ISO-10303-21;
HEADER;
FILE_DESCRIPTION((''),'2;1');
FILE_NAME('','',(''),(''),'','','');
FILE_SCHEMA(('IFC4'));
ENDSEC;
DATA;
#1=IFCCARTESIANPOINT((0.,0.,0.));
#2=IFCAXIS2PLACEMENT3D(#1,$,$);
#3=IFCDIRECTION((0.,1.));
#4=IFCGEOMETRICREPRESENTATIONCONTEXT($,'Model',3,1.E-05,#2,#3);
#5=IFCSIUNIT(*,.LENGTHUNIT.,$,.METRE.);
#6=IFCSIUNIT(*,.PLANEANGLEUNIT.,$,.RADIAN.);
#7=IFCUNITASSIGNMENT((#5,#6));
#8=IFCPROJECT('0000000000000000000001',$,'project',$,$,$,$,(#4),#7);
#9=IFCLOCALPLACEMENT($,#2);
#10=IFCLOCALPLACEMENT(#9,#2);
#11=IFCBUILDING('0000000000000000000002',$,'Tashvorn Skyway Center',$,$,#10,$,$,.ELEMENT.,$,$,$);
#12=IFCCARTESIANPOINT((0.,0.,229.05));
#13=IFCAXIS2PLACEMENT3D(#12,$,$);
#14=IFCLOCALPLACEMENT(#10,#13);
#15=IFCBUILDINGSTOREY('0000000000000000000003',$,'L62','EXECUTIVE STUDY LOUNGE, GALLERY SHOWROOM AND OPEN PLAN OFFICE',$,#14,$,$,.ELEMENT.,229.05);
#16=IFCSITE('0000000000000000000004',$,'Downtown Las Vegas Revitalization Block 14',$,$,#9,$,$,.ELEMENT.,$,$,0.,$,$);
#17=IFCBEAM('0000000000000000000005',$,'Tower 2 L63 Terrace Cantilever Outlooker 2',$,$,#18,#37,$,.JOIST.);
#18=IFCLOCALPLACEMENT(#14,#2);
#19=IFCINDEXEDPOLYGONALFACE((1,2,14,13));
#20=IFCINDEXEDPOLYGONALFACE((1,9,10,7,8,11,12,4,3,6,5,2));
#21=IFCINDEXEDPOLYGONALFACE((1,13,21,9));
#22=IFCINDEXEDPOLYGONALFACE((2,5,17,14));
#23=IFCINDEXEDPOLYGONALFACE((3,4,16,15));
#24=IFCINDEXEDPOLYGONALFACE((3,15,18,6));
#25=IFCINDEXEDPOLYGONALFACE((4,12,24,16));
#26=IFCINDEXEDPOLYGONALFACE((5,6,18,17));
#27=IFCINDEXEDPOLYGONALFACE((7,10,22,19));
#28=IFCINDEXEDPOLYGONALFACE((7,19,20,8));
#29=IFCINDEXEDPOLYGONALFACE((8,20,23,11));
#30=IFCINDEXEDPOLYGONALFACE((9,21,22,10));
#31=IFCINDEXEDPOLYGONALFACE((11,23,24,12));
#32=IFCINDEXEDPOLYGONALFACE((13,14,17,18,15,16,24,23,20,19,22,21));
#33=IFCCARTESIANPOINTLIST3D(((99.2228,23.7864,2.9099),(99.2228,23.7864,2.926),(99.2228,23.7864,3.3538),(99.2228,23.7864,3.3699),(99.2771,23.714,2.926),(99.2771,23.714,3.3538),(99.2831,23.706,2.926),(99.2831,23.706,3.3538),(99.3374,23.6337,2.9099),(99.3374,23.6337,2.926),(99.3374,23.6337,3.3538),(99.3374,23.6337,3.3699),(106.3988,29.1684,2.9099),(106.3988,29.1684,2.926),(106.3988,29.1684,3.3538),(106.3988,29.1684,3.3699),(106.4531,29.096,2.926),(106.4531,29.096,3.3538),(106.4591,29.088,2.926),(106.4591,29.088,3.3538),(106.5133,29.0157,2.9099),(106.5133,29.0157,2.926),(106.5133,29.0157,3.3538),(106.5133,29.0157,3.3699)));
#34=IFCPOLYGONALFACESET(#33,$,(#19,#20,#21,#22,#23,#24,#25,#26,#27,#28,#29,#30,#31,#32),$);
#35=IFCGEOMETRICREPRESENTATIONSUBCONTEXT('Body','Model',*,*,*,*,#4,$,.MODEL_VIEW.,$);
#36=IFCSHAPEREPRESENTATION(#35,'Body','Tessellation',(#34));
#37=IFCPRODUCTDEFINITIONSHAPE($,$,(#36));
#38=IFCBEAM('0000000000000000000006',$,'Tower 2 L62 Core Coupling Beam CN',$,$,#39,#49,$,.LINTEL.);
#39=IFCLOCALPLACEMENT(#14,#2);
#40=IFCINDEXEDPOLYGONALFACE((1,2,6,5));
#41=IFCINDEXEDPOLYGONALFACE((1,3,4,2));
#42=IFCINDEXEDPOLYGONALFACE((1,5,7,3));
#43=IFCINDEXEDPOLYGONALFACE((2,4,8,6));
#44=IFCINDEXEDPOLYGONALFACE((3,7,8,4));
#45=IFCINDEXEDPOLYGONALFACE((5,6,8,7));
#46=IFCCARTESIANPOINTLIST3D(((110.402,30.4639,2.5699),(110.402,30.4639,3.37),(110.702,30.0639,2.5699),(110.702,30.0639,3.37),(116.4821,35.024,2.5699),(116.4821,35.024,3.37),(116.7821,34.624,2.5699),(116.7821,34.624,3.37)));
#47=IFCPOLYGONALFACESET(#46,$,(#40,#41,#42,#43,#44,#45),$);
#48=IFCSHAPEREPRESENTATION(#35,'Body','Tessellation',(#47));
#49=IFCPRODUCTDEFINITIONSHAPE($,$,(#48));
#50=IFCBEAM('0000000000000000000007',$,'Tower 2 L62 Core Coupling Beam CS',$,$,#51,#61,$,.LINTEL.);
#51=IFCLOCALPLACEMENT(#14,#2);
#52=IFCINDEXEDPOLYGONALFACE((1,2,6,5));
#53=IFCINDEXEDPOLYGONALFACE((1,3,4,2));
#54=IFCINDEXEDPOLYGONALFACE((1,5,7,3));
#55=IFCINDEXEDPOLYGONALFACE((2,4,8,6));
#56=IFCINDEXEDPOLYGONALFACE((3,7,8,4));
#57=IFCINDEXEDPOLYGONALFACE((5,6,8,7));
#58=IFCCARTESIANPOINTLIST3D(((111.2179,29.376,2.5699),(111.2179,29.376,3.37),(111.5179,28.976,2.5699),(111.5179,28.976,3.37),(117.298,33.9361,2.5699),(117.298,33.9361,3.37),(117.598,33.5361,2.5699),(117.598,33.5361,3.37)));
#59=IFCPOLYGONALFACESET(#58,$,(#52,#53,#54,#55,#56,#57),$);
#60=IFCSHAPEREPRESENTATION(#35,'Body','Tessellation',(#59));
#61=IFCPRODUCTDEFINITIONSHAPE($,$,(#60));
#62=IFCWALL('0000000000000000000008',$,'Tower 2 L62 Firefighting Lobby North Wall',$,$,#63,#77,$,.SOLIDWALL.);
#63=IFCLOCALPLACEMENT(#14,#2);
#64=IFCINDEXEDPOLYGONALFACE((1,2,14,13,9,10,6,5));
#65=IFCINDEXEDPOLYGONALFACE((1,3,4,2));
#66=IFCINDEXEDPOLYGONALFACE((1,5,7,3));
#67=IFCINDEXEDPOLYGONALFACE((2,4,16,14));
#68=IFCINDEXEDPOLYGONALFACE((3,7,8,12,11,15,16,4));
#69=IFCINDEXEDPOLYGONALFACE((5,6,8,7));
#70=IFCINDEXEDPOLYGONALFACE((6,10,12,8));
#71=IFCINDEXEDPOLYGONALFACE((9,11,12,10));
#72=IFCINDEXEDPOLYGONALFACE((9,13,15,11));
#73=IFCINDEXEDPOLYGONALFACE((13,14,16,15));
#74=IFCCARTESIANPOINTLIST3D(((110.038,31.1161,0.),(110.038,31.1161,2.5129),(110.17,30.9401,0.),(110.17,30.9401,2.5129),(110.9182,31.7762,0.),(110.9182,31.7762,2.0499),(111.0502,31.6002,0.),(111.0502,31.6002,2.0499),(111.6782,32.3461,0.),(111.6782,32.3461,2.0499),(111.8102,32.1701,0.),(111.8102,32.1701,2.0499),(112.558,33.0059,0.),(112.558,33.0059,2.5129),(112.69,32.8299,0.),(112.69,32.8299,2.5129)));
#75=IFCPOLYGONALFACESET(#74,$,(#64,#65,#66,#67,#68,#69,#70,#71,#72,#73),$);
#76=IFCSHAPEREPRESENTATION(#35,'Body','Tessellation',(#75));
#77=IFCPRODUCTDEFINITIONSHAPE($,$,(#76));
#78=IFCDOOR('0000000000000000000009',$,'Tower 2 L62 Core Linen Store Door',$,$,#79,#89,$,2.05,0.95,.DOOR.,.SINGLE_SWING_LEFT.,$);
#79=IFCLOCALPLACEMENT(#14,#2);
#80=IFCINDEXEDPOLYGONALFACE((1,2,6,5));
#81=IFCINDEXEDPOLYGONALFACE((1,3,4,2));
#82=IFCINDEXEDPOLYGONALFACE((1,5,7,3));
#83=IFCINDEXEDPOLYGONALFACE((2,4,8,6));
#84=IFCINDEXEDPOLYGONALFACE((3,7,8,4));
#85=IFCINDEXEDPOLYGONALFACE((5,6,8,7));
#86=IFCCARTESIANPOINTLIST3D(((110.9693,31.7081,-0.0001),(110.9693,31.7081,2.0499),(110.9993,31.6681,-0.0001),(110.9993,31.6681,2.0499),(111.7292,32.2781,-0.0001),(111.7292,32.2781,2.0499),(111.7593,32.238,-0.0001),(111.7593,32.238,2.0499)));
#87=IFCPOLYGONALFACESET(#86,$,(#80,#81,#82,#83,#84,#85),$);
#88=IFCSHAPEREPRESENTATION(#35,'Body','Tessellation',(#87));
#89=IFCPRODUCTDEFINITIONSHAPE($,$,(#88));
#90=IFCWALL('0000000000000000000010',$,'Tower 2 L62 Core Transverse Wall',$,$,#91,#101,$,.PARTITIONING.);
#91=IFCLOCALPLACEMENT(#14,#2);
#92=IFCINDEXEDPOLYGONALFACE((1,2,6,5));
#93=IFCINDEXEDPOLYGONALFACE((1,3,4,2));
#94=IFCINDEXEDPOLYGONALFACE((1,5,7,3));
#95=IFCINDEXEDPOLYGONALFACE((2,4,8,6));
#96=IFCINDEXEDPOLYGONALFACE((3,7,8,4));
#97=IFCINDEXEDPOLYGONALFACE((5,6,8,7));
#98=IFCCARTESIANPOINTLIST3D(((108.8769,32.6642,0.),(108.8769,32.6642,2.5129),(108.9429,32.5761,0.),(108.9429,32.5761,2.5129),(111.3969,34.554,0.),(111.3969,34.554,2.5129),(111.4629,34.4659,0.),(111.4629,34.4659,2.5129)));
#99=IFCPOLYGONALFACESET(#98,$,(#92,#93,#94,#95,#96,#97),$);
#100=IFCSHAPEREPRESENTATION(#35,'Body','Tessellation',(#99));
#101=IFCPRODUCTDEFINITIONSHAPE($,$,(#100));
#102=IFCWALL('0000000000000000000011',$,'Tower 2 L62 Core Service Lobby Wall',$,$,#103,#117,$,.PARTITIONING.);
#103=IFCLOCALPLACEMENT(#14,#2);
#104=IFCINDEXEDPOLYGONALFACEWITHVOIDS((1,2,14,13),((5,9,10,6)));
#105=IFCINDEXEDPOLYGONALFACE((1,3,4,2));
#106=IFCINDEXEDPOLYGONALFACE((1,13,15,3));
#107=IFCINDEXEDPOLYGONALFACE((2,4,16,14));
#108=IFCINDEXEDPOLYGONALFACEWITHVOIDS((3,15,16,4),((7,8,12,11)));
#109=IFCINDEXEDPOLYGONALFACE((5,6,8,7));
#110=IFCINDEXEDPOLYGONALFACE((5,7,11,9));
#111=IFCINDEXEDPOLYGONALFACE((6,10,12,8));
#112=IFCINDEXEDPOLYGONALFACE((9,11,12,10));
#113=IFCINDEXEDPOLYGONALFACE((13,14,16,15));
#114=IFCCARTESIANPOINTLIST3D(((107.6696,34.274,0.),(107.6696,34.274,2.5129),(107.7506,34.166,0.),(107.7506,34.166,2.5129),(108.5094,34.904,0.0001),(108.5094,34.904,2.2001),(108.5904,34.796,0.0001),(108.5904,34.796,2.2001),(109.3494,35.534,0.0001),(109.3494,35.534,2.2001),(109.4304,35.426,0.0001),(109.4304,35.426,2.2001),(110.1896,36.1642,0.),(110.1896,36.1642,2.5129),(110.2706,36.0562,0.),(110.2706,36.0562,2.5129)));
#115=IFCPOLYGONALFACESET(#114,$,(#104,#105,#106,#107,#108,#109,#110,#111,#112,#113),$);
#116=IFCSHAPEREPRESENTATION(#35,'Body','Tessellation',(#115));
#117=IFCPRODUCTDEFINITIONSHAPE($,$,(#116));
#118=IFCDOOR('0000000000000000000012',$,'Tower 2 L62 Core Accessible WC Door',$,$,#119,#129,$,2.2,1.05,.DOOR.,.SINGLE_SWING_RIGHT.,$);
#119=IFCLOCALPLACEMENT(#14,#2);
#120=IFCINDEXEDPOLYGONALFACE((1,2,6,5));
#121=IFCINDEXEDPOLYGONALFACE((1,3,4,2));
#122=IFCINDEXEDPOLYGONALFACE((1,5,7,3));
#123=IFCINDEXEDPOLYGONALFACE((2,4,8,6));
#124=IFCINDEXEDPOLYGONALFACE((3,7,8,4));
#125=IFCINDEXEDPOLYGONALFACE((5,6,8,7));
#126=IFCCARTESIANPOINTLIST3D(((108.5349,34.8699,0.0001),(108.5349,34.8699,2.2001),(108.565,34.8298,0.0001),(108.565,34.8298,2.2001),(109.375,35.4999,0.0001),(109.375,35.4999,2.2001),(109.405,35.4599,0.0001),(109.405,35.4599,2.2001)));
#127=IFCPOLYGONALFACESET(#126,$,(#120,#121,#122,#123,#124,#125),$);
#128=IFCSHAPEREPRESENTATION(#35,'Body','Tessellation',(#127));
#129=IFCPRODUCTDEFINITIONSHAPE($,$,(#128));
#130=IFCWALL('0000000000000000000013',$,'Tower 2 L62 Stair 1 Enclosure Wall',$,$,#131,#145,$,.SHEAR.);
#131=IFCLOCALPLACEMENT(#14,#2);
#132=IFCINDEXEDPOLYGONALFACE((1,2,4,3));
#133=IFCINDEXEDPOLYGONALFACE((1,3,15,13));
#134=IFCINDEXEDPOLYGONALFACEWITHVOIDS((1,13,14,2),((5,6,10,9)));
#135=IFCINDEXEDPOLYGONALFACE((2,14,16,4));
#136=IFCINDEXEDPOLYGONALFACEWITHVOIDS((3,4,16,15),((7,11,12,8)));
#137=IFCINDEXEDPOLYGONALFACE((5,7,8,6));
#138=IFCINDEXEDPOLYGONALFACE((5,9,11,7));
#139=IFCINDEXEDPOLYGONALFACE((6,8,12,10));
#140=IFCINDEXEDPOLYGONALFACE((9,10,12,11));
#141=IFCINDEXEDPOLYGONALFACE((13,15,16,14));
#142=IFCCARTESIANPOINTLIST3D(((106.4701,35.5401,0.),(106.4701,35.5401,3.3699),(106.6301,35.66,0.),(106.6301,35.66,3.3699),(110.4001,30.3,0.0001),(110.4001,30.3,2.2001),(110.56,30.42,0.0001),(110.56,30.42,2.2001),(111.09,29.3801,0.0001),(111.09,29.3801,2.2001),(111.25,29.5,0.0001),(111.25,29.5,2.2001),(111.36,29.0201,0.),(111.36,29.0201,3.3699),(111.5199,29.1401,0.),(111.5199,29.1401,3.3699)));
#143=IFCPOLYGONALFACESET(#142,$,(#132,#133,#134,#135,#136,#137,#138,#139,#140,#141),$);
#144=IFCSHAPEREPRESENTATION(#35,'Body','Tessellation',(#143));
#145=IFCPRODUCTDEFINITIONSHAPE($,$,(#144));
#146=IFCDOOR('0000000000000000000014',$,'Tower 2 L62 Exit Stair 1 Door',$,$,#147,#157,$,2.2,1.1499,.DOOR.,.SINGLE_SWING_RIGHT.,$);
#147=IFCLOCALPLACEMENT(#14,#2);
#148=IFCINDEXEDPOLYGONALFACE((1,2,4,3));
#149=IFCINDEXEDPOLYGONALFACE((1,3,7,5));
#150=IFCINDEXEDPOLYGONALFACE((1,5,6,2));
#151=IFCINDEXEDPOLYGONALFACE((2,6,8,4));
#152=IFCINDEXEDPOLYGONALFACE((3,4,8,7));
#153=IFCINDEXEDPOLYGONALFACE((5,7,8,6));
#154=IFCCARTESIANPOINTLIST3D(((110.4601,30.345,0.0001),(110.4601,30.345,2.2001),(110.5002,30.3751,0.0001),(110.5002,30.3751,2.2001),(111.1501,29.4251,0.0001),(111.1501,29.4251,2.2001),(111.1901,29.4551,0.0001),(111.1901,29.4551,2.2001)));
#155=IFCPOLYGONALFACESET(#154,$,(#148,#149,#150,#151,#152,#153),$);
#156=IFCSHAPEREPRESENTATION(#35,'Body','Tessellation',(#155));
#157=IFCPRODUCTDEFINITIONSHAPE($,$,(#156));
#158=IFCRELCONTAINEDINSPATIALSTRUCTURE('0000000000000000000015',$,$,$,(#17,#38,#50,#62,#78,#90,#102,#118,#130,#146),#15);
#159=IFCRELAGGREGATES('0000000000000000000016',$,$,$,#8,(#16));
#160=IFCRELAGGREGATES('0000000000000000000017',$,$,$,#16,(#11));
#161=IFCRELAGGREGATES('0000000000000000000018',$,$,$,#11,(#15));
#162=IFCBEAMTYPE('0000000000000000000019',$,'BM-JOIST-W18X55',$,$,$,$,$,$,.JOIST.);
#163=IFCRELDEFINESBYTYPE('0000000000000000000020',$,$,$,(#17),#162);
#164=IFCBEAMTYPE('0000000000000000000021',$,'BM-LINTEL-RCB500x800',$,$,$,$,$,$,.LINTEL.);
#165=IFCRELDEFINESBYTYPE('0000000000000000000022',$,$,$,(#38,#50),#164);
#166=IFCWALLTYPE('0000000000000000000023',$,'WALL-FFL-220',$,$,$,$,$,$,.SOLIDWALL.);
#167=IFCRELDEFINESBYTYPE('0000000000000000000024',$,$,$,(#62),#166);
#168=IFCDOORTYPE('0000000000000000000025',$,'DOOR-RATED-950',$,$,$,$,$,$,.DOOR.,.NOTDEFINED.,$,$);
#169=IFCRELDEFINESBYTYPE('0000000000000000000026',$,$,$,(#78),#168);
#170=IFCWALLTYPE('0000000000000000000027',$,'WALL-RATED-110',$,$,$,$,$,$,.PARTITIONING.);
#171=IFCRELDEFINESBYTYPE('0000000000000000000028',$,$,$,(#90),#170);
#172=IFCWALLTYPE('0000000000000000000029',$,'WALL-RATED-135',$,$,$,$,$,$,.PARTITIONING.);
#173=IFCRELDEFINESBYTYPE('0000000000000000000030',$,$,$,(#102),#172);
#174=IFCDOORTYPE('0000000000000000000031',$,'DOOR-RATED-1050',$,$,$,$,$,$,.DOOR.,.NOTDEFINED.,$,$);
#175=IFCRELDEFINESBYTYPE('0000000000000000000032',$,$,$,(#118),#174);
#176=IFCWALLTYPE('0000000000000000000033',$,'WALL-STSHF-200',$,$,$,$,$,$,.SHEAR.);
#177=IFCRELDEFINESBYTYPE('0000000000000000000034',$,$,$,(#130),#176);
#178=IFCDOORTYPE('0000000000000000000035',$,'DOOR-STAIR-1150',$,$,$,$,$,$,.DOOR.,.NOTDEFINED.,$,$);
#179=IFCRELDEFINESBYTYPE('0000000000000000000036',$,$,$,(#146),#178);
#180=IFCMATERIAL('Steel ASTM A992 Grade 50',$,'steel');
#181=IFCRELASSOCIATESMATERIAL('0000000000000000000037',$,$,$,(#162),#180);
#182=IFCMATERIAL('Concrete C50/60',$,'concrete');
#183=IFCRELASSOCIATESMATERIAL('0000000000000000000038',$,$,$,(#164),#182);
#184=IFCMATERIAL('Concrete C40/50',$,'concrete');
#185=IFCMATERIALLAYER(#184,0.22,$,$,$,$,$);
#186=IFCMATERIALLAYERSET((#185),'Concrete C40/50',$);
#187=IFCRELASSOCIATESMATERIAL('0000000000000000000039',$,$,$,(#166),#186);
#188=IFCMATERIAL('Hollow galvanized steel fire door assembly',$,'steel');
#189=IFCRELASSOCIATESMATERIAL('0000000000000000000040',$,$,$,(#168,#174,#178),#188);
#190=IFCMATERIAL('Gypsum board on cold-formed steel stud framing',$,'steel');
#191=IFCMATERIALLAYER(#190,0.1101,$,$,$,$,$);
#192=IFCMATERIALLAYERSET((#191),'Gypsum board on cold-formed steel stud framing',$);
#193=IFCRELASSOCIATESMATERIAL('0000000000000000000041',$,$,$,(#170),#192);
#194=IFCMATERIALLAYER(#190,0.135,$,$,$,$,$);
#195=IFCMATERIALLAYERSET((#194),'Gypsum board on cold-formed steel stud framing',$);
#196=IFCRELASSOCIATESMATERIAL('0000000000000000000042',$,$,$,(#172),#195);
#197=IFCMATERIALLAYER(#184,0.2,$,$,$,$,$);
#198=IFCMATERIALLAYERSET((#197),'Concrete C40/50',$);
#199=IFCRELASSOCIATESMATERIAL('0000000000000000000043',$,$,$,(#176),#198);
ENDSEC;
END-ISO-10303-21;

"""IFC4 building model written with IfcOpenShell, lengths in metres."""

from ifc_helpers import new_model, si_unit, direction, frame, frame_2d, origin, origin_2d, place, context, subcontext, project, spatial, rectangle, i_section, extrude, material, layer, layer_set, material_profile, profile_set, type_object, element, fill, save


model = new_model("IFC4")

# Units and contexts
model_context = context("Model", 3, precision=1e-05, world=origin(), true_north=direction((0.0, 1.0)))
body_context = subcontext(model_context, "Body", "Model", "MODEL_VIEW")
ifc_project = project(units=[si_unit("LENGTHUNIT", "METRE"), si_unit("PLANEANGLEUNIT", "RADIAN")], contexts=[model_context])

# Site, building, storey
site_placement = place(None, origin())
site = spatial("IfcSite", under=ifc_project, at=site_placement, Name="Downtown Las Vegas Revitalization Block 14", CompositionType="ELEMENT", RefElevation=0.0)
building_placement = place(site_placement, origin())
building = spatial("IfcBuilding", under=site, at=building_placement, Name="Tashvorn Skyway Center", CompositionType="ELEMENT")
storey_placement = place(building_placement, frame((0.0, 0.0, 229.05)))
storey = spatial("IfcBuildingStorey", under=building, at=storey_placement, Name="L62", Description="EXECUTIVE STUDY LOUNGE, GALLERY SHOWROOM AND OPEN PLAN OFFICE", CompositionType="ELEMENT", Elevation=229.05)

# Beams
ifc_material_1 = material(Name="Steel ASTM A992 Grade 50", Category="steel")
ifc_material_profile_1 = material_profile(ifc_material_1, i_section(OverallWidth=0.1909, OverallDepth=0.46, WebThickness=0.01, FlangeThickness=0.0161, at=origin_2d()), Name="W18X55")
ifc_profile_set_1 = profile_set([ifc_material_profile_1], Name="Steel ASTM A992 Grade 50")
beam_type_1 = type_object("IfcBeamType", Name="BM-JOIST-W18X55", PredefinedType="JOIST", material=ifc_profile_set_1)
beam_placement = place(storey_placement, frame((106.4561, 29.092, 3.1399), z_axis=(-0.799997, -0.600004, 0.0), x_axis=(0.600004, -0.799997, 0.0)))
element("IfcBeam", 1, at=beam_placement, inside=storey, type_object=beam_type_1, Name="Tower 2 L63 Terrace Cantilever Outlooker 2", PredefinedType="JOIST", context=body_context, shape_type="SweptSolid", body=[
    extrude(i_section(OverallWidth=0.1909, OverallDepth=0.46, WebThickness=0.01, FlangeThickness=0.0161, at=origin_2d()), origin(), (0.0, 0.0, 1.0), 8.97),
])
ifc_material_2 = material(Name="Concrete C50/60", Category="concrete")
ifc_material_profile_2 = material_profile(ifc_material_2, rectangle(XDim=0.5, YDim=0.8, at=origin_2d()), Name="RCB500x800")
ifc_profile_set_2 = profile_set([ifc_material_profile_2], Name="Concrete C50/60")
beam_type_2 = type_object("IfcBeamType", Name="BM-LINTEL-RCB500x800", PredefinedType="LINTEL", material=ifc_profile_set_2)
for number, where, z_axis, x_axis, name in (
    (2, (110.552, 30.2639, 2.97), (0.8, 0.6, 0.0), (-0.6, 0.8, 0.0), "Tower 2 L62 Core Coupling Beam CN"),
    (3, (111.3679, 29.176, 2.97), (0.8, 0.6, 0.0), (-0.6, 0.8, 0.0), "Tower 2 L62 Core Coupling Beam CS"),
):
    element("IfcBeam", number, at=place(storey_placement, frame(where, z_axis=z_axis, x_axis=x_axis)), inside=storey, type_object=beam_type_2, Name=name, PredefinedType="LINTEL", context=body_context, shape_type="SweptSolid", body=[
        extrude(rectangle(XDim=0.5, YDim=0.8, at=origin_2d()), origin(), (0.0, 0.0, 1.0), 7.6001),
    ])

# Wall, opening, door
ifc_material_3 = material(Name="Concrete C40/50", Category="concrete")
ifc_layer_1 = layer(ifc_material_3, 0.22)
ifc_layer_set_1 = layer_set([ifc_layer_1], Name="Concrete C40/50")
wall_type_1 = type_object("IfcWallType", Name="WALL-FFL-220", PredefinedType="SOLIDWALL", material=ifc_layer_set_1)
wall_1_placement = place(storey_placement, frame((110.104, 31.0281, 0.0), z_axis=(0.0, 0.0, 1.0), x_axis=(0.800019, 0.599975, 0.0)))
wall_1 = element("IfcWall", 4, at=wall_1_placement, inside=storey, type_object=wall_type_1, Name="Tower 2 L62 Firefighting Lobby North Wall", PredefinedType="SOLIDWALL", context=body_context, shape_type="SweptSolid", body=[
    extrude(rectangle(XDim=3.1499, YDim=0.22, at=frame_2d((1.575, 0.0))), origin(), (0.0, 0.0, 1.0), 2.5129),
])
opening_1_placement = place(wall_1_placement, frame((1.1001, 0.0, 0.0)))
opening_1 = element("IfcOpeningElement", 5, at=opening_1_placement, cuts=wall_1, PredefinedType="OPENING", context=body_context, shape_type="SweptSolid", body=[
    extrude(rectangle(XDim=0.95, YDim=2.05, at=frame_2d((0.4751, 1.0249))), frame((0.0, 0.1199, 0.0), z_axis=(0.0, -1.0, 0.0), x_axis=(1.0, 0.0, 0.0)), (0.0, 0.0, 1.0), 0.24),
])
ifc_material_4 = material(Name="Hollow galvanized steel fire door assembly", Category="steel")
door_type_1 = type_object("IfcDoorType", Name="DOOR-RATED-950", OperationType="NOTDEFINED", PredefinedType="DOOR", material=ifc_material_4)
door_1_placement = place(opening_1_placement, origin())
door_1 = element("IfcDoor", 6, at=door_1_placement, inside=storey, type_object=door_type_1, Name="Tower 2 L62 Core Linen Store Door", OperationType="SINGLE_SWING_LEFT", OverallHeight=2.05, OverallWidth=0.95, PredefinedType="DOOR", context=body_context, shape_type="SweptSolid", body=[
    extrude(rectangle(XDim=0.95, YDim=2.05, at=frame_2d((0.4751, 1.0249))), frame((0.0, 0.0249, 0.0), z_axis=(0.0, -1.0, 0.0), x_axis=(1.0, 0.0, 0.0)), (0.0, 0.0, 1.0), 0.05),
])
fill(opening_1, door_1)

# Wall
ifc_material_5 = material(Name="Gypsum board on cold-formed steel stud framing", Category="steel")
ifc_layer_2 = layer(ifc_material_5, 0.1101)
ifc_layer_set_2 = layer_set([ifc_layer_2], Name="Gypsum board on cold-formed steel stud framing")
wall_type_2 = type_object("IfcWallType", Name="WALL-RATED-110", PredefinedType="PARTITIONING", material=ifc_layer_set_2)
wall_2_placement = place(storey_placement, frame((108.9099, 32.6201, 0.0), z_axis=(0.0, 0.0, 1.0), x_axis=(0.800019, 0.599975, 0.0)))
element("IfcWall", 7, at=wall_2_placement, inside=storey, type_object=wall_type_2, Name="Tower 2 L62 Core Transverse Wall", PredefinedType="PARTITIONING", context=body_context, shape_type="SweptSolid", body=[
    extrude(rectangle(XDim=3.1499, YDim=0.1101, at=frame_2d((1.575, 0.0))), origin(), (0.0, 0.0, 1.0), 2.5129),
])

# Walls, openings, doors
ifc_layer_3 = layer(ifc_material_5, 0.135)
ifc_layer_set_3 = layer_set([ifc_layer_3], Name="Gypsum board on cold-formed steel stud framing")
wall_type_3 = type_object("IfcWallType", Name="WALL-RATED-135", PredefinedType="PARTITIONING", material=ifc_layer_set_3)
wall_3_placement = place(storey_placement, frame((107.71, 34.22, 0.0), z_axis=(0.0, 0.0, 1.0), x_axis=(0.799981, 0.600025, 0.0)))
wall_3 = element("IfcWall", 8, at=wall_3_placement, inside=storey, type_object=wall_type_3, Name="Tower 2 L62 Core Service Lobby Wall", PredefinedType="PARTITIONING", context=body_context, shape_type="SweptSolid", body=[
    extrude(rectangle(XDim=3.1501, YDim=0.135, at=frame_2d((1.5752, 0.0))), origin(), (0.0, 0.0, 1.0), 2.5129),
])
opening_2_placement = place(wall_3_placement, frame((1.05, 0.0, 0.0)))
opening_2 = element("IfcOpeningElement", 9, at=opening_2_placement, cuts=wall_3, PredefinedType="OPENING", context=body_context, shape_type="SweptSolid", body=[
    extrude(rectangle(XDim=1.05, YDim=2.2, at=frame_2d((0.5249, 1.1001))), frame((0.0, 0.0774, 0.0), z_axis=(0.0, -1.0, 0.0), x_axis=(1.0, 0.0, 0.0)), (0.0, 0.0, 1.0), 0.155),
])
door_type_2 = type_object("IfcDoorType", Name="DOOR-RATED-1050", OperationType="NOTDEFINED", PredefinedType="DOOR", material=ifc_material_4)
door_2_placement = place(opening_2_placement, origin())
door_2 = element("IfcDoor", 10, at=door_2_placement, inside=storey, type_object=door_type_2, Name="Tower 2 L62 Core Accessible WC Door", OperationType="SINGLE_SWING_RIGHT", OverallHeight=2.2, OverallWidth=1.05, PredefinedType="DOOR", context=body_context, shape_type="SweptSolid", body=[
    extrude(rectangle(XDim=1.05, YDim=2.2, at=frame_2d((0.5249, 1.1001))), frame((0.0, 0.0249, 0.0), z_axis=(0.0, -1.0, 0.0), x_axis=(1.0, 0.0, 0.0)), (0.0, 0.0, 1.0), 0.05),
])
fill(opening_2, door_2)
ifc_layer_4 = layer(ifc_material_3, 0.2)
ifc_layer_set_4 = layer_set([ifc_layer_4], Name="Concrete C40/50")
wall_type_4 = type_object("IfcWallType", Name="WALL-STSHF-200", PredefinedType="SHEAR", material=ifc_layer_set_4)
wall_4_placement = place(storey_placement, frame((111.4399, 29.0801, 0.0), z_axis=(0.0, 0.0, 1.0), x_axis=(-0.59999, 0.800007, 0.0)))
wall_4 = element("IfcWall", 11, at=wall_4_placement, inside=storey, type_object=wall_type_4, Name="Tower 2 L62 Stair 1 Enclosure Wall", PredefinedType="SHEAR", context=body_context, shape_type="SweptSolid", body=[
    extrude(rectangle(XDim=8.1499, YDim=0.2, at=frame_2d((4.075, 0.0))), origin(), (0.0, 0.0, 1.0), 3.3699),
])
opening_3_placement = place(wall_4_placement, frame((0.45, 0.0, 0.0)))
opening_3 = element("IfcOpeningElement", 12, at=opening_3_placement, cuts=wall_4, PredefinedType="OPENING", context=body_context, shape_type="SweptSolid", body=[
    extrude(rectangle(XDim=1.1499, YDim=2.2, at=frame_2d((0.575, 1.1001))), frame((0.0, 0.1099, 0.0), z_axis=(0.0, -1.0, 0.0), x_axis=(1.0, 0.0, 0.0)), (0.0, 0.0, 1.0), 0.22),
])
door_type_3 = type_object("IfcDoorType", Name="DOOR-STAIR-1150", OperationType="NOTDEFINED", PredefinedType="DOOR", material=ifc_material_4)
door_3_placement = place(opening_3_placement, origin())
door_3 = element("IfcDoor", 13, at=door_3_placement, inside=storey, type_object=door_type_3, Name="Tower 2 L62 Exit Stair 1 Door", OperationType="SINGLE_SWING_RIGHT", OverallHeight=2.2, OverallWidth=1.1499, PredefinedType="DOOR", context=body_context, shape_type="SweptSolid", body=[
    extrude(rectangle(XDim=1.1499, YDim=2.2, at=frame_2d((0.575, 1.1001))), frame((0.0, 0.0249, 0.0), z_axis=(0.0, -1.0, 0.0), x_axis=(1.0, 0.0, 0.0)), (0.0, 0.0, 1.0), 0.05),
])
fill(opening_3, door_3)

save(model, "model.ifc")
